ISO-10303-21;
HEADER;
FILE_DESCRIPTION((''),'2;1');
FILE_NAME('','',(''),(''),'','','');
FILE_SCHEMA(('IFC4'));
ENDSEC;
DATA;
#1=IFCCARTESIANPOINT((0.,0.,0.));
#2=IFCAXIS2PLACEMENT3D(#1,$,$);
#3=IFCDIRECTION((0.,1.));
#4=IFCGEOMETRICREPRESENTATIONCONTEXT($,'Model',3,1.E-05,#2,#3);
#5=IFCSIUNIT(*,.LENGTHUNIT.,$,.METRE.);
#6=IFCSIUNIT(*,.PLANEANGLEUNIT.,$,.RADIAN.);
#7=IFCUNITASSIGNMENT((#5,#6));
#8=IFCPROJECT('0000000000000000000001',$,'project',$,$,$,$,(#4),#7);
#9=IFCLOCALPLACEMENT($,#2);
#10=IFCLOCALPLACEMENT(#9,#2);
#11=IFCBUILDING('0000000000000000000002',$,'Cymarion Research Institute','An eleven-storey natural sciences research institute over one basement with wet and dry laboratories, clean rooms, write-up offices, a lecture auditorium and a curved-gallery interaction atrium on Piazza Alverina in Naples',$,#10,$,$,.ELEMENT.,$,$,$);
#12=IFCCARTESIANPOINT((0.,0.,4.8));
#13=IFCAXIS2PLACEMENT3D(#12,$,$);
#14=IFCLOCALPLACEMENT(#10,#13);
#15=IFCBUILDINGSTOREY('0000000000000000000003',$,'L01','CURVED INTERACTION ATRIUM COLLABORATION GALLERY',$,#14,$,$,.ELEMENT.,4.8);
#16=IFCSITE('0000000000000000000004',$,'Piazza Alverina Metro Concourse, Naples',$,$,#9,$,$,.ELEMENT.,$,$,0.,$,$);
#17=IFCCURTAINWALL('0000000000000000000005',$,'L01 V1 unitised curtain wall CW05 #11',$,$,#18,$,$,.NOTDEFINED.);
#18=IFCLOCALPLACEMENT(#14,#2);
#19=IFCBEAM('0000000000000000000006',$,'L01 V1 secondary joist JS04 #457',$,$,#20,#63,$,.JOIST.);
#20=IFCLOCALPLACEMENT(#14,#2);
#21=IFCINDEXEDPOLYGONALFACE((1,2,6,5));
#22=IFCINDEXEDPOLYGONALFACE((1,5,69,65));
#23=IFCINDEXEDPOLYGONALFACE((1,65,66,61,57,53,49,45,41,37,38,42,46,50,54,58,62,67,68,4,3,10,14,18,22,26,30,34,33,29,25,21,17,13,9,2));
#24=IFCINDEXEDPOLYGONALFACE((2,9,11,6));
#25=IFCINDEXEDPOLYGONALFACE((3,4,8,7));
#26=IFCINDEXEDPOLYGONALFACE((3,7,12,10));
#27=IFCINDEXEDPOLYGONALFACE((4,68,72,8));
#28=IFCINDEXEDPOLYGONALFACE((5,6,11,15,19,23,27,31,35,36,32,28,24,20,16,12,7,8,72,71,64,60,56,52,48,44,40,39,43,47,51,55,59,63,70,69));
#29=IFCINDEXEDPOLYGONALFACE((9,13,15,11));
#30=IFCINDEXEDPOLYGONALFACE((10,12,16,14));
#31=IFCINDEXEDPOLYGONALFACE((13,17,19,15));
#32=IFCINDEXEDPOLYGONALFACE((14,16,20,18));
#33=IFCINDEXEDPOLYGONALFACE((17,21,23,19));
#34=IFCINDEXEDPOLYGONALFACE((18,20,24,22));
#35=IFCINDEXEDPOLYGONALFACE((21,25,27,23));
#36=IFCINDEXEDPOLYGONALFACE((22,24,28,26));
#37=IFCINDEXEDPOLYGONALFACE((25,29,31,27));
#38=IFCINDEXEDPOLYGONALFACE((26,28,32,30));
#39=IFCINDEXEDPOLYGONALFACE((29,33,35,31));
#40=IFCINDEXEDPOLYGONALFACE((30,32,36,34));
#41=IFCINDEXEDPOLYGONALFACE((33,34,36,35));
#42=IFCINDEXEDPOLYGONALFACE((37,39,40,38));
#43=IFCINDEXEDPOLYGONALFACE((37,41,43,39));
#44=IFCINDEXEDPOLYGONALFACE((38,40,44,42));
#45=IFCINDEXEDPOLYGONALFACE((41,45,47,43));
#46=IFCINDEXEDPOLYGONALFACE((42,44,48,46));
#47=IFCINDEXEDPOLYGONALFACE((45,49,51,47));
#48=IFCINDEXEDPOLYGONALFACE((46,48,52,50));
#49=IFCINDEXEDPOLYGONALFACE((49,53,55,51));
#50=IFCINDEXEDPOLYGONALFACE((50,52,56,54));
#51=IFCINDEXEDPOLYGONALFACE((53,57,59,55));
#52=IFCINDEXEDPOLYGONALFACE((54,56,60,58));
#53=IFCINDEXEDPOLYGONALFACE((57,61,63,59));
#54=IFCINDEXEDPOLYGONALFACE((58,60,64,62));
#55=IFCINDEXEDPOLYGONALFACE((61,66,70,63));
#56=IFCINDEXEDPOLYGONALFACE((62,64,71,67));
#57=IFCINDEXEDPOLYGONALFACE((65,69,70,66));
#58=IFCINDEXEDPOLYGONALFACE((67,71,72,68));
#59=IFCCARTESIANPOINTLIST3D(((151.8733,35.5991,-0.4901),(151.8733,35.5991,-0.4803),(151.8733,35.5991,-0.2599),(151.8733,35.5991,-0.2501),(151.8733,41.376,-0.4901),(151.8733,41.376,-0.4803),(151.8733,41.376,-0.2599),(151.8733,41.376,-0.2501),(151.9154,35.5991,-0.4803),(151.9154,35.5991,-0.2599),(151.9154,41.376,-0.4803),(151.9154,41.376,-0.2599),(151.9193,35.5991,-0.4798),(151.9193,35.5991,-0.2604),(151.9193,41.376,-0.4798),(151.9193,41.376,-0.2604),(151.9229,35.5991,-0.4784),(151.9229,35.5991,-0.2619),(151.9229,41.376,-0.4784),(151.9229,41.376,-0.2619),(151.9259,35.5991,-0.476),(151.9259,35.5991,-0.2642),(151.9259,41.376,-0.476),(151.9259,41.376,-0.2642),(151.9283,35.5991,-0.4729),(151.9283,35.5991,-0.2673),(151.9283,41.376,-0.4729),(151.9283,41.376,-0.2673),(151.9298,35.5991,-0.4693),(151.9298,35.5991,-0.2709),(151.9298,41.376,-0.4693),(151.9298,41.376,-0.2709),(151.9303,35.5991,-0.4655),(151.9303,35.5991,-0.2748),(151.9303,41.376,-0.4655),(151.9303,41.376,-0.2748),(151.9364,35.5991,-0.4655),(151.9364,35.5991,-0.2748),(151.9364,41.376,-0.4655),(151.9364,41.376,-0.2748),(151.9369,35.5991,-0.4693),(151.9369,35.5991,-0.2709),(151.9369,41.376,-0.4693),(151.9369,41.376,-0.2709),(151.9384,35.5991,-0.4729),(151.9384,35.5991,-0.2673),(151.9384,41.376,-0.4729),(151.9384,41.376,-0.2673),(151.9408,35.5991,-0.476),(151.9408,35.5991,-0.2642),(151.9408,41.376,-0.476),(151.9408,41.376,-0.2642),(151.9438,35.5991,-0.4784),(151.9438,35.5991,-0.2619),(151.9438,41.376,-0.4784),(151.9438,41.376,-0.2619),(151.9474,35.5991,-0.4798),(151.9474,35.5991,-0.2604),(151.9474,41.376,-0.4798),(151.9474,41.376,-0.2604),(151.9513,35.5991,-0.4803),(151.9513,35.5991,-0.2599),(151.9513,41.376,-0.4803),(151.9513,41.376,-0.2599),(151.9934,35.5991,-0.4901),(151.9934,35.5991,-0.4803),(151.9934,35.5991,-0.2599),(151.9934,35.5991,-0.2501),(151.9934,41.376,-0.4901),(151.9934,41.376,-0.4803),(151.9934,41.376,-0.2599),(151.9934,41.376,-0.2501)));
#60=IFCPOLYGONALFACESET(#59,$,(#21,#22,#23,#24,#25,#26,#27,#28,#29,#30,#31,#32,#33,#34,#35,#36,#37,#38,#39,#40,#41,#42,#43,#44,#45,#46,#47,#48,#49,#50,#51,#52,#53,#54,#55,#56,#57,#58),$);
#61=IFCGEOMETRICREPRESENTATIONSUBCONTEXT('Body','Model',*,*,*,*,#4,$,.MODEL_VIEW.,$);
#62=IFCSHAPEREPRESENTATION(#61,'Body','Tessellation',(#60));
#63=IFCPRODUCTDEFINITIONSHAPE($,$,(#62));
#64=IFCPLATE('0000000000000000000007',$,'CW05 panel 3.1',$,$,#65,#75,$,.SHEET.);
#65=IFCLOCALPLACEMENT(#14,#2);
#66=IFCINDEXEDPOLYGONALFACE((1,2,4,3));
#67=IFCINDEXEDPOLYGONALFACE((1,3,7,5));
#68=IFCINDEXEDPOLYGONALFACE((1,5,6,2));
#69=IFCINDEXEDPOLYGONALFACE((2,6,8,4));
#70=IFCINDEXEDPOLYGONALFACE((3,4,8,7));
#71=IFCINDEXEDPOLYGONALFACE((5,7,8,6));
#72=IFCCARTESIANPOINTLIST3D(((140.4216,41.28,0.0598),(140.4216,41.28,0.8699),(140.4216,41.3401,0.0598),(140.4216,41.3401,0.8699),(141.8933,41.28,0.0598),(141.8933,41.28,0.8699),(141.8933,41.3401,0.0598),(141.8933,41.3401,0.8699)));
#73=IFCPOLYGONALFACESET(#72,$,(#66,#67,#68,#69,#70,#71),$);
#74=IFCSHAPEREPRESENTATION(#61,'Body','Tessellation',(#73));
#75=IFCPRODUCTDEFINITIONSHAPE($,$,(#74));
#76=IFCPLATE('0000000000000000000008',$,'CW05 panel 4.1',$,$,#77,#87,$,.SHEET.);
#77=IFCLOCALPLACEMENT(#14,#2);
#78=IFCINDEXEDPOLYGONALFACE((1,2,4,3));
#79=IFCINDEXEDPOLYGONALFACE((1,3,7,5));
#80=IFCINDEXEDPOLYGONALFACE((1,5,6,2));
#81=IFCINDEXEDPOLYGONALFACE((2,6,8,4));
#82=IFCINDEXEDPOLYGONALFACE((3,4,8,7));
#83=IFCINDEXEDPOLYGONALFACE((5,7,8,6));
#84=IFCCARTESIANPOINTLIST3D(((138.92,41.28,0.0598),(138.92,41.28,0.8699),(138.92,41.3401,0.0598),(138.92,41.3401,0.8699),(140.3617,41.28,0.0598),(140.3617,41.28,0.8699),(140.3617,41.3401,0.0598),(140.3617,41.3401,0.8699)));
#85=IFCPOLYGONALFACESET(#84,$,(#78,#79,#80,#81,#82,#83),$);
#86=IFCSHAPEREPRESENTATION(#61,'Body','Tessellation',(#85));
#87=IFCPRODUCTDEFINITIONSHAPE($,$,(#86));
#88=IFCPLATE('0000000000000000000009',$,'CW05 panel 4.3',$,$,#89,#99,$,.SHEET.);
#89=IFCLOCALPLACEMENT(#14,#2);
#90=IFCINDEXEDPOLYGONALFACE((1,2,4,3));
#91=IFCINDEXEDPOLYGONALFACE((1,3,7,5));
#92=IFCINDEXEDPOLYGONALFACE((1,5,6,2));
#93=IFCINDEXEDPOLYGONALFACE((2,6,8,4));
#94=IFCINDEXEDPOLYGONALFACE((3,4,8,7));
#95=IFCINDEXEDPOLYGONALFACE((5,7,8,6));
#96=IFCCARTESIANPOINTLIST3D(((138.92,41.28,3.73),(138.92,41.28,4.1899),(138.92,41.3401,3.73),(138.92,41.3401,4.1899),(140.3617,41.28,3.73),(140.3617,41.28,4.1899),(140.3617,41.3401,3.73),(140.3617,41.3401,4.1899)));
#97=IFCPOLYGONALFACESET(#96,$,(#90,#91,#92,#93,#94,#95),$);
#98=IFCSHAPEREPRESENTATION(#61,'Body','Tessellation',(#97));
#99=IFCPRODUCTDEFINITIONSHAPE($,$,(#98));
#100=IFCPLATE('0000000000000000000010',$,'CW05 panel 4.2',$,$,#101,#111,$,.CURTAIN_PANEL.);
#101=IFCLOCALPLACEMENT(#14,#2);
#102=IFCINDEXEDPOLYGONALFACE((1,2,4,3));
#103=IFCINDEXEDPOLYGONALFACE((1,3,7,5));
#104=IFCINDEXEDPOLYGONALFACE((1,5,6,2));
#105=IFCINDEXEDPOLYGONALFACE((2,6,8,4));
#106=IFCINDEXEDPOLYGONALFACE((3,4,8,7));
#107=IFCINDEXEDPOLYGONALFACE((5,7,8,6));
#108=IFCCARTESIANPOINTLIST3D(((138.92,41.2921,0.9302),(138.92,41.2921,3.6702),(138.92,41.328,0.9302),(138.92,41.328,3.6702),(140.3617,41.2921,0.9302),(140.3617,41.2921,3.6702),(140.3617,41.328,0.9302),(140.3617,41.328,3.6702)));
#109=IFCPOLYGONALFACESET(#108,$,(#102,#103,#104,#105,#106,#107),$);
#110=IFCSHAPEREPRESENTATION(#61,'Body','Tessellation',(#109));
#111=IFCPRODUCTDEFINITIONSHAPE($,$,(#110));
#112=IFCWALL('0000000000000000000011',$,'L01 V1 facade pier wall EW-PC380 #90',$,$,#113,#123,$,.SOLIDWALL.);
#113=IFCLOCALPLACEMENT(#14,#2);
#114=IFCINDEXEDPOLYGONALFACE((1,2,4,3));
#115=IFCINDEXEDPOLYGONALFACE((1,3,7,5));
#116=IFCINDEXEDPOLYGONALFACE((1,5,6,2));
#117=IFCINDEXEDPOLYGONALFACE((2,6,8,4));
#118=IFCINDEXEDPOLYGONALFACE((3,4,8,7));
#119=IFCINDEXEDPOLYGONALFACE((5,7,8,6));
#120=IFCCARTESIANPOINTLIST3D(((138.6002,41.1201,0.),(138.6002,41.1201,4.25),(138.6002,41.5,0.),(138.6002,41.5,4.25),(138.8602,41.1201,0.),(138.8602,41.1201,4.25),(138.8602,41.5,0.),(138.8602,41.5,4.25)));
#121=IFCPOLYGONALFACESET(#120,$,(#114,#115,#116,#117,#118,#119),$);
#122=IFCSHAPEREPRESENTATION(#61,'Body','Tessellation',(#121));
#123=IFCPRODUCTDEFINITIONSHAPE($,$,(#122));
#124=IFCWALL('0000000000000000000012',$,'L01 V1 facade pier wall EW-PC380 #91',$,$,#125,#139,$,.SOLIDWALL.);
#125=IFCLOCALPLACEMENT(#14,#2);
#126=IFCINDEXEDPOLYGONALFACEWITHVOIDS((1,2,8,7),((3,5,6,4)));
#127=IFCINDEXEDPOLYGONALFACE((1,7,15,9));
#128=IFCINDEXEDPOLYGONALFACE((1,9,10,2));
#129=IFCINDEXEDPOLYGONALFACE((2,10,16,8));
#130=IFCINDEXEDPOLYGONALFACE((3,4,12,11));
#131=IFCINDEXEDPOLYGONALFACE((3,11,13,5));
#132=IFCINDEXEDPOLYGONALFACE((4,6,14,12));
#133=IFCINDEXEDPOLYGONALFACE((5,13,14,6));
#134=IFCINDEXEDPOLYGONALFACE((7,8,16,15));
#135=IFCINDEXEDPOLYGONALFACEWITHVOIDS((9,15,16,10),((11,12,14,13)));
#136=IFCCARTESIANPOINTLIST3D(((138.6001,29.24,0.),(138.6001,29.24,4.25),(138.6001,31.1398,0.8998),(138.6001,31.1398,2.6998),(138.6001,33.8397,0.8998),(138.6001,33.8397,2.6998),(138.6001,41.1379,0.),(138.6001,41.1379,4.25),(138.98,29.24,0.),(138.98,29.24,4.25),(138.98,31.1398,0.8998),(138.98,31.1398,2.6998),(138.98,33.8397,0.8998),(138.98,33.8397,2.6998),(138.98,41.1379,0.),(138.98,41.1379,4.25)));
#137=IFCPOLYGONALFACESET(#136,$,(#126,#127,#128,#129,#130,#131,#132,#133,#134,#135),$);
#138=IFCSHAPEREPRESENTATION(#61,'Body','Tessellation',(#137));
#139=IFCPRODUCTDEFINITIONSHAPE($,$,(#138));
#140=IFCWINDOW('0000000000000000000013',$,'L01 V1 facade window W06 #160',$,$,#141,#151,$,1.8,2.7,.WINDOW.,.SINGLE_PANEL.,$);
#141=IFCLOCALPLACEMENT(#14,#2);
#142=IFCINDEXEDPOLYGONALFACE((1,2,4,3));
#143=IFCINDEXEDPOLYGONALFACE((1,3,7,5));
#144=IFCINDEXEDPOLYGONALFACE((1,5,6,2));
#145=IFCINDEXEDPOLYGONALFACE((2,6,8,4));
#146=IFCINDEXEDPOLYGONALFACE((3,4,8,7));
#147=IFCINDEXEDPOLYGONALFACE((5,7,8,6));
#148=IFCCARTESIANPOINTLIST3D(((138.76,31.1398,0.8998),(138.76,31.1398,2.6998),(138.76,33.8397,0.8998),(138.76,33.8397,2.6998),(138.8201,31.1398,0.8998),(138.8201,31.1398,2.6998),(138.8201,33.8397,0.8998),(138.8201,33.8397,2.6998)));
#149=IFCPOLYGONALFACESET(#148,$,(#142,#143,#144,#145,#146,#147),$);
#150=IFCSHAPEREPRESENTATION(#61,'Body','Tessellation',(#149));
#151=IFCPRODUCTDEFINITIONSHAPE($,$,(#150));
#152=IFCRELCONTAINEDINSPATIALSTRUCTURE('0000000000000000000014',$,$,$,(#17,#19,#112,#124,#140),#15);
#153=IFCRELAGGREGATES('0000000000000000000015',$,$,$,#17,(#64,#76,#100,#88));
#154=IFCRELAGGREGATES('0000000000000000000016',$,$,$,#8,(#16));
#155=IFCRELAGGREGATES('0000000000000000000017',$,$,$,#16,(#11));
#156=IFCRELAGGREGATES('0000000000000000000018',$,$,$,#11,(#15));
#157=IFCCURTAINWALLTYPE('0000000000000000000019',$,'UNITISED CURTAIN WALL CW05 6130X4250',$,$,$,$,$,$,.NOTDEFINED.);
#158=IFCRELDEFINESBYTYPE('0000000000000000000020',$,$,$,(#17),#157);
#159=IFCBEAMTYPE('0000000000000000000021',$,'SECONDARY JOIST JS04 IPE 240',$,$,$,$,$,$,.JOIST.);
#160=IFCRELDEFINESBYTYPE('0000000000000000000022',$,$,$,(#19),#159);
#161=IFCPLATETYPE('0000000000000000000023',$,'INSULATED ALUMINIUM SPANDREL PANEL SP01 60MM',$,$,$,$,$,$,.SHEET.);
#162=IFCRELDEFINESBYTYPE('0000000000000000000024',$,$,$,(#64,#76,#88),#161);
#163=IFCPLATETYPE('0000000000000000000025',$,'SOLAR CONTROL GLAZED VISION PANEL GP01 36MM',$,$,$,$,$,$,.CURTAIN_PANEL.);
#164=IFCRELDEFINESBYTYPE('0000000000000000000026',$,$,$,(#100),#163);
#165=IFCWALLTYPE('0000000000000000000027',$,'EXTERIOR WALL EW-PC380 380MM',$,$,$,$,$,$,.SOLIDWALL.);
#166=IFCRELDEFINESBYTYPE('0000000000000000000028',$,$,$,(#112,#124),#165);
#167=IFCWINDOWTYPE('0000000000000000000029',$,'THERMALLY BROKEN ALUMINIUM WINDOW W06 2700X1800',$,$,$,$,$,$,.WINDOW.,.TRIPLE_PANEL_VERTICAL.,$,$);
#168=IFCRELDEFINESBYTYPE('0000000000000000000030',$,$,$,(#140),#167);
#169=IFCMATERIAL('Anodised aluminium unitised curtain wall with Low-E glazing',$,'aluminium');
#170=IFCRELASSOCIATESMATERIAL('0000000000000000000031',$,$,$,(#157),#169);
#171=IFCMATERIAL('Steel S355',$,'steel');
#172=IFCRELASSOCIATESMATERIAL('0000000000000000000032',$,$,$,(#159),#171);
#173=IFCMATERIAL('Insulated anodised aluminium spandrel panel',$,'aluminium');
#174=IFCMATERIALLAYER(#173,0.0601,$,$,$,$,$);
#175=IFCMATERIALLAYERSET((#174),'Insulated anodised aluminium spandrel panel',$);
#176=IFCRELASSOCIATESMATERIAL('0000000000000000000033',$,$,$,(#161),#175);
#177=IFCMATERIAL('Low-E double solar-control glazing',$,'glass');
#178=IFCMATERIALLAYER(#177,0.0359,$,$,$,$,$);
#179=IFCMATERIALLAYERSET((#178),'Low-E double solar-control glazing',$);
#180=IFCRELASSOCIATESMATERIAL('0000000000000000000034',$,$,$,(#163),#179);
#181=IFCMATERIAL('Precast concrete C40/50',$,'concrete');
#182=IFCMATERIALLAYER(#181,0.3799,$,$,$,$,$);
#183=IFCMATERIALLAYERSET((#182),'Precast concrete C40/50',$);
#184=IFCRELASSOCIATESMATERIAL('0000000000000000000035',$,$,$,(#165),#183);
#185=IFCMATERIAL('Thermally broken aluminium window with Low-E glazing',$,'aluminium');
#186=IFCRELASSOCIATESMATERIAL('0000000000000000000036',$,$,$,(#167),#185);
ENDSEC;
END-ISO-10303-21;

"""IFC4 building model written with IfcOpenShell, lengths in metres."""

from ifc_helpers import new_model, si_unit, direction, frame, frame_2d, origin, origin_2d, place, context, subcontext, project, spatial, rectangle, i_section, extrude, material, layer, layer_set, material_profile, profile_set, type_object, element, fill, aggregate, save


model = new_model("IFC4")

# Units and contexts
model_context = context("Model", 3, precision=1e-05, world=origin(), true_north=direction((0.0, 1.0)))
body_context = subcontext(model_context, "Body", "Model", "MODEL_VIEW")
ifc_project = project(units=[si_unit("LENGTHUNIT", "METRE"), si_unit("PLANEANGLEUNIT", "RADIAN")], contexts=[model_context])

# Site, building, storey
site_placement = place(None, origin())
site = spatial("IfcSite", under=ifc_project, at=site_placement, Name="Piazza Alverina Metro Concourse, Naples", CompositionType="ELEMENT", RefElevation=0.0)
building_placement = place(site_placement, origin())
building = spatial("IfcBuilding", under=site, at=building_placement, Name="Cymarion Research Institute", Description="An eleven-storey natural sciences research institute over one basement with wet and dry laboratories, clean rooms, write-up offices, a lecture auditorium and a curved-gallery interaction atrium on Piazza Alverina in Naples", CompositionType="ELEMENT")
storey_placement = place(building_placement, frame((0.0, 0.0, 4.8)))
storey = spatial("IfcBuildingStorey", under=building, at=storey_placement, Name="L01", Description="CURVED INTERACTION ATRIUM COLLABORATION GALLERY", CompositionType="ELEMENT", Elevation=4.8)

# Shared definitions
ifc_material_1 = material(Name="Steel S355", Category="steel")

# Curtain wall
ifc_material_2 = material(Name="Anodised aluminium unitised curtain wall with Low-E glazing", Category="aluminium")
curtain_wall_type_1 = type_object("IfcCurtainWallType", Name="UNITISED CURTAIN WALL CW05 6130X4250", PredefinedType="NOTDEFINED", material=ifc_material_2)
curtain_wall_1_placement = place(storey_placement, origin())
curtain_wall_1 = element("IfcCurtainWall", 1, at=curtain_wall_1_placement, inside=storey, type_object=curtain_wall_type_1, Name="L01 V1 unitised curtain wall CW05 #11", PredefinedType="NOTDEFINED")

# Beam
ifc_material_profile_1 = material_profile(ifc_material_1, i_section(OverallWidth=0.1201, OverallDepth=0.24, WebThickness=0.0061, FlangeThickness=0.0098, FilletRadius=0.0149, at=origin_2d()), Name="IPE 240")
ifc_profile_set_1 = profile_set([ifc_material_profile_1], Name="Steel S355")
beam_type_1 = type_object("IfcBeamType", Name="SECONDARY JOIST JS04 IPE 240", PredefinedType="JOIST", material=ifc_profile_set_1)
for number, where, z_axis, x_axis, name in (
    (2, (151.9333, 35.5991, -0.3701), (0.0, 1.0, 0.0), (-1.0, 0.0, 0.0), "L01 V1 secondary joist JS04 #457"),
):
    element("IfcBeam", number, at=place(storey_placement, frame(where, z_axis=z_axis, x_axis=x_axis)), inside=storey, type_object=beam_type_1, Name=name, PredefinedType="JOIST", context=body_context, shape_type="SweptSolid", body=[
        extrude(i_section(OverallWidth=0.1201, OverallDepth=0.24, WebThickness=0.0061, FlangeThickness=0.0098, FilletRadius=0.0149, at=origin_2d()), origin(), (0.0, 0.0, 1.0), 5.7769),
    ])

# Plates
ifc_material_3 = material(Name="Insulated anodised aluminium spandrel panel", Category="aluminium")
ifc_layer_1 = layer(ifc_material_3, 0.0601)
ifc_layer_set_1 = layer_set([ifc_layer_1], Name="Insulated anodised aluminium spandrel panel")
plate_type_1 = type_object("IfcPlateType", Name="INSULATED ALUMINIUM SPANDREL PANEL SP01 60MM", PredefinedType="SHEET", material=ifc_layer_set_1)
plate_1_placement = place(storey_placement, frame((141.1575, 41.3101, 0.0598), z_axis=(0.0, 0.0, 1.0), x_axis=(-1.0, 0.0, 0.0)))
plate_1 = element("IfcPlate", 3, at=plate_1_placement, type_object=plate_type_1, Name="CW05 panel 3.1", PredefinedType="SHEET", context=body_context, shape_type="SweptSolid", body=[
    extrude(rectangle(XDim=1.4717, YDim=0.0601, at=origin_2d()), origin(), (0.0, 0.0, 1.0), 0.8101),
])
plate_2_placement = place(storey_placement, frame((139.6409, 41.3101, 0.0598), z_axis=(0.0, 0.0, 1.0), x_axis=(-1.0, 0.0, 0.0)))
plate_2 = element("IfcPlate", 4, at=plate_2_placement, type_object=plate_type_1, Name="CW05 panel 4.1", PredefinedType="SHEET", context=body_context, shape_type="SweptSolid", body=[
    extrude(rectangle(XDim=1.4417, YDim=0.0601, at=origin_2d()), origin(), (0.0, 0.0, 1.0), 0.8101),
])
plate_3_placement = place(storey_placement, frame((139.6409, 41.3101, 3.73), z_axis=(0.0, 0.0, 1.0), x_axis=(-1.0, 0.0, 0.0)))
plate_3 = element("IfcPlate", 5, at=plate_3_placement, type_object=plate_type_1, Name="CW05 panel 4.3", PredefinedType="SHEET", context=body_context, shape_type="SweptSolid", body=[
    extrude(rectangle(XDim=1.4417, YDim=0.0601, at=origin_2d()), origin(), (0.0, 0.0, 1.0), 0.46),
])
ifc_material_4 = material(Name="Low-E double solar-control glazing", Category="glass")
ifc_layer_2 = layer(ifc_material_4, 0.0359)
ifc_layer_set_2 = layer_set([ifc_layer_2], Name="Low-E double solar-control glazing")
plate_type_2 = type_object("IfcPlateType", Name="SOLAR CONTROL GLAZED VISION PANEL GP01 36MM", PredefinedType="CURTAIN_PANEL", material=ifc_layer_set_2)
plate_4_placement = place(storey_placement, frame((139.6409, 41.3101, 0.9302), z_axis=(0.0, 0.0, 1.0), x_axis=(-1.0, 0.0, 0.0)))
plate_4 = element("IfcPlate", 6, at=plate_4_placement, type_object=plate_type_2, Name="CW05 panel 4.2", PredefinedType="CURTAIN_PANEL", context=body_context, shape_type="SweptSolid", body=[
    extrude(rectangle(XDim=1.4417, YDim=0.0359, at=origin_2d()), origin(), (0.0, 0.0, 1.0), 2.74),
])
aggregate(curtain_wall_1, [plate_1, plate_2, plate_4, plate_3])

# Wall
ifc_material_5 = material(Name="Precast concrete C40/50", Category="concrete")
ifc_layer_3 = layer(ifc_material_5, 0.3799)
ifc_layer_set_3 = layer_set([ifc_layer_3], Name="Precast concrete C40/50")
wall_type = type_object("IfcWallType", Name="EXTERIOR WALL EW-PC380 380MM", PredefinedType="SOLIDWALL", material=ifc_layer_set_3)
wall_1_placement = place(storey_placement, frame((138.8601, 41.3101, 0.0), z_axis=(0.0, 0.0, 1.0), x_axis=(-1.0, 0.0, 0.0)))
element("IfcWall", 7, at=wall_1_placement, inside=storey, type_object=wall_type, Name="L01 V1 facade pier wall EW-PC380 #90", PredefinedType="SOLIDWALL", context=body_context, shape_type="SweptSolid", body=[
    extrude(rectangle(XDim=0.26, YDim=0.3799, at=frame_2d((0.1299, 0.0))), origin(), (0.0, 0.0, 1.0), 4.25),
])

# Wall, opening, window
wall_2_placement = place(storey_placement, frame((138.79, 41.1379, 0.0), z_axis=(0.0, 0.0, 1.0), x_axis=(0.0, -1.0, 0.0)))
wall_2 = element("IfcWall", 8, at=wall_2_placement, inside=storey, type_object=wall_type, Name="L01 V1 facade pier wall EW-PC380 #91", PredefinedType="SOLIDWALL", context=body_context, shape_type="SweptSolid", body=[
    extrude(rectangle(XDim=11.8979, YDim=0.3799, at=frame_2d((5.949, 0.0))), origin(), (0.0, 0.0, 1.0), 4.25),
])
opening_placement = place(wall_2_placement, frame((7.2981, 0.0, 0.8999)))
opening = element("IfcOpeningElement", 9, at=opening_placement, cuts=wall_2, PredefinedType="OPENING", context=body_context, shape_type="SweptSolid", body=[
    extrude(rectangle(XDim=2.7, YDim=1.8, at=frame_2d((1.3501, 0.8999))), frame((0.0, 0.2, 0.0), z_axis=(0.0, -1.0, 0.0), x_axis=(1.0, 0.0, 0.0)), (0.0, 0.0, 1.0), 0.3999),
])
ifc_material_6 = material(Name="Thermally broken aluminium window with Low-E glazing", Category="aluminium")
window_type = type_object("IfcWindowType", Name="THERMALLY BROKEN ALUMINIUM WINDOW W06 2700X1800", PartitioningType="TRIPLE_PANEL_VERTICAL", PredefinedType="WINDOW", material=ifc_material_6)
window_placement = place(opening_placement, origin())
window = element("IfcWindow", 10, at=window_placement, inside=storey, type_object=window_type, Name="L01 V1 facade window W06 #160", OverallHeight=1.8, OverallWidth=2.7, PartitioningType="SINGLE_PANEL", PredefinedType="WINDOW", context=body_context, shape_type="SweptSolid", body=[
    extrude(rectangle(XDim=2.7, YDim=1.8, at=frame_2d((1.3501, 0.8999))), frame((0.0, 0.03, 0.0), z_axis=(0.0, -1.0, 0.0), x_axis=(1.0, 0.0, 0.0)), (0.0, 0.0, 1.0), 0.0601),
])
fill(opening, window)

save(model, "model.ifc")
